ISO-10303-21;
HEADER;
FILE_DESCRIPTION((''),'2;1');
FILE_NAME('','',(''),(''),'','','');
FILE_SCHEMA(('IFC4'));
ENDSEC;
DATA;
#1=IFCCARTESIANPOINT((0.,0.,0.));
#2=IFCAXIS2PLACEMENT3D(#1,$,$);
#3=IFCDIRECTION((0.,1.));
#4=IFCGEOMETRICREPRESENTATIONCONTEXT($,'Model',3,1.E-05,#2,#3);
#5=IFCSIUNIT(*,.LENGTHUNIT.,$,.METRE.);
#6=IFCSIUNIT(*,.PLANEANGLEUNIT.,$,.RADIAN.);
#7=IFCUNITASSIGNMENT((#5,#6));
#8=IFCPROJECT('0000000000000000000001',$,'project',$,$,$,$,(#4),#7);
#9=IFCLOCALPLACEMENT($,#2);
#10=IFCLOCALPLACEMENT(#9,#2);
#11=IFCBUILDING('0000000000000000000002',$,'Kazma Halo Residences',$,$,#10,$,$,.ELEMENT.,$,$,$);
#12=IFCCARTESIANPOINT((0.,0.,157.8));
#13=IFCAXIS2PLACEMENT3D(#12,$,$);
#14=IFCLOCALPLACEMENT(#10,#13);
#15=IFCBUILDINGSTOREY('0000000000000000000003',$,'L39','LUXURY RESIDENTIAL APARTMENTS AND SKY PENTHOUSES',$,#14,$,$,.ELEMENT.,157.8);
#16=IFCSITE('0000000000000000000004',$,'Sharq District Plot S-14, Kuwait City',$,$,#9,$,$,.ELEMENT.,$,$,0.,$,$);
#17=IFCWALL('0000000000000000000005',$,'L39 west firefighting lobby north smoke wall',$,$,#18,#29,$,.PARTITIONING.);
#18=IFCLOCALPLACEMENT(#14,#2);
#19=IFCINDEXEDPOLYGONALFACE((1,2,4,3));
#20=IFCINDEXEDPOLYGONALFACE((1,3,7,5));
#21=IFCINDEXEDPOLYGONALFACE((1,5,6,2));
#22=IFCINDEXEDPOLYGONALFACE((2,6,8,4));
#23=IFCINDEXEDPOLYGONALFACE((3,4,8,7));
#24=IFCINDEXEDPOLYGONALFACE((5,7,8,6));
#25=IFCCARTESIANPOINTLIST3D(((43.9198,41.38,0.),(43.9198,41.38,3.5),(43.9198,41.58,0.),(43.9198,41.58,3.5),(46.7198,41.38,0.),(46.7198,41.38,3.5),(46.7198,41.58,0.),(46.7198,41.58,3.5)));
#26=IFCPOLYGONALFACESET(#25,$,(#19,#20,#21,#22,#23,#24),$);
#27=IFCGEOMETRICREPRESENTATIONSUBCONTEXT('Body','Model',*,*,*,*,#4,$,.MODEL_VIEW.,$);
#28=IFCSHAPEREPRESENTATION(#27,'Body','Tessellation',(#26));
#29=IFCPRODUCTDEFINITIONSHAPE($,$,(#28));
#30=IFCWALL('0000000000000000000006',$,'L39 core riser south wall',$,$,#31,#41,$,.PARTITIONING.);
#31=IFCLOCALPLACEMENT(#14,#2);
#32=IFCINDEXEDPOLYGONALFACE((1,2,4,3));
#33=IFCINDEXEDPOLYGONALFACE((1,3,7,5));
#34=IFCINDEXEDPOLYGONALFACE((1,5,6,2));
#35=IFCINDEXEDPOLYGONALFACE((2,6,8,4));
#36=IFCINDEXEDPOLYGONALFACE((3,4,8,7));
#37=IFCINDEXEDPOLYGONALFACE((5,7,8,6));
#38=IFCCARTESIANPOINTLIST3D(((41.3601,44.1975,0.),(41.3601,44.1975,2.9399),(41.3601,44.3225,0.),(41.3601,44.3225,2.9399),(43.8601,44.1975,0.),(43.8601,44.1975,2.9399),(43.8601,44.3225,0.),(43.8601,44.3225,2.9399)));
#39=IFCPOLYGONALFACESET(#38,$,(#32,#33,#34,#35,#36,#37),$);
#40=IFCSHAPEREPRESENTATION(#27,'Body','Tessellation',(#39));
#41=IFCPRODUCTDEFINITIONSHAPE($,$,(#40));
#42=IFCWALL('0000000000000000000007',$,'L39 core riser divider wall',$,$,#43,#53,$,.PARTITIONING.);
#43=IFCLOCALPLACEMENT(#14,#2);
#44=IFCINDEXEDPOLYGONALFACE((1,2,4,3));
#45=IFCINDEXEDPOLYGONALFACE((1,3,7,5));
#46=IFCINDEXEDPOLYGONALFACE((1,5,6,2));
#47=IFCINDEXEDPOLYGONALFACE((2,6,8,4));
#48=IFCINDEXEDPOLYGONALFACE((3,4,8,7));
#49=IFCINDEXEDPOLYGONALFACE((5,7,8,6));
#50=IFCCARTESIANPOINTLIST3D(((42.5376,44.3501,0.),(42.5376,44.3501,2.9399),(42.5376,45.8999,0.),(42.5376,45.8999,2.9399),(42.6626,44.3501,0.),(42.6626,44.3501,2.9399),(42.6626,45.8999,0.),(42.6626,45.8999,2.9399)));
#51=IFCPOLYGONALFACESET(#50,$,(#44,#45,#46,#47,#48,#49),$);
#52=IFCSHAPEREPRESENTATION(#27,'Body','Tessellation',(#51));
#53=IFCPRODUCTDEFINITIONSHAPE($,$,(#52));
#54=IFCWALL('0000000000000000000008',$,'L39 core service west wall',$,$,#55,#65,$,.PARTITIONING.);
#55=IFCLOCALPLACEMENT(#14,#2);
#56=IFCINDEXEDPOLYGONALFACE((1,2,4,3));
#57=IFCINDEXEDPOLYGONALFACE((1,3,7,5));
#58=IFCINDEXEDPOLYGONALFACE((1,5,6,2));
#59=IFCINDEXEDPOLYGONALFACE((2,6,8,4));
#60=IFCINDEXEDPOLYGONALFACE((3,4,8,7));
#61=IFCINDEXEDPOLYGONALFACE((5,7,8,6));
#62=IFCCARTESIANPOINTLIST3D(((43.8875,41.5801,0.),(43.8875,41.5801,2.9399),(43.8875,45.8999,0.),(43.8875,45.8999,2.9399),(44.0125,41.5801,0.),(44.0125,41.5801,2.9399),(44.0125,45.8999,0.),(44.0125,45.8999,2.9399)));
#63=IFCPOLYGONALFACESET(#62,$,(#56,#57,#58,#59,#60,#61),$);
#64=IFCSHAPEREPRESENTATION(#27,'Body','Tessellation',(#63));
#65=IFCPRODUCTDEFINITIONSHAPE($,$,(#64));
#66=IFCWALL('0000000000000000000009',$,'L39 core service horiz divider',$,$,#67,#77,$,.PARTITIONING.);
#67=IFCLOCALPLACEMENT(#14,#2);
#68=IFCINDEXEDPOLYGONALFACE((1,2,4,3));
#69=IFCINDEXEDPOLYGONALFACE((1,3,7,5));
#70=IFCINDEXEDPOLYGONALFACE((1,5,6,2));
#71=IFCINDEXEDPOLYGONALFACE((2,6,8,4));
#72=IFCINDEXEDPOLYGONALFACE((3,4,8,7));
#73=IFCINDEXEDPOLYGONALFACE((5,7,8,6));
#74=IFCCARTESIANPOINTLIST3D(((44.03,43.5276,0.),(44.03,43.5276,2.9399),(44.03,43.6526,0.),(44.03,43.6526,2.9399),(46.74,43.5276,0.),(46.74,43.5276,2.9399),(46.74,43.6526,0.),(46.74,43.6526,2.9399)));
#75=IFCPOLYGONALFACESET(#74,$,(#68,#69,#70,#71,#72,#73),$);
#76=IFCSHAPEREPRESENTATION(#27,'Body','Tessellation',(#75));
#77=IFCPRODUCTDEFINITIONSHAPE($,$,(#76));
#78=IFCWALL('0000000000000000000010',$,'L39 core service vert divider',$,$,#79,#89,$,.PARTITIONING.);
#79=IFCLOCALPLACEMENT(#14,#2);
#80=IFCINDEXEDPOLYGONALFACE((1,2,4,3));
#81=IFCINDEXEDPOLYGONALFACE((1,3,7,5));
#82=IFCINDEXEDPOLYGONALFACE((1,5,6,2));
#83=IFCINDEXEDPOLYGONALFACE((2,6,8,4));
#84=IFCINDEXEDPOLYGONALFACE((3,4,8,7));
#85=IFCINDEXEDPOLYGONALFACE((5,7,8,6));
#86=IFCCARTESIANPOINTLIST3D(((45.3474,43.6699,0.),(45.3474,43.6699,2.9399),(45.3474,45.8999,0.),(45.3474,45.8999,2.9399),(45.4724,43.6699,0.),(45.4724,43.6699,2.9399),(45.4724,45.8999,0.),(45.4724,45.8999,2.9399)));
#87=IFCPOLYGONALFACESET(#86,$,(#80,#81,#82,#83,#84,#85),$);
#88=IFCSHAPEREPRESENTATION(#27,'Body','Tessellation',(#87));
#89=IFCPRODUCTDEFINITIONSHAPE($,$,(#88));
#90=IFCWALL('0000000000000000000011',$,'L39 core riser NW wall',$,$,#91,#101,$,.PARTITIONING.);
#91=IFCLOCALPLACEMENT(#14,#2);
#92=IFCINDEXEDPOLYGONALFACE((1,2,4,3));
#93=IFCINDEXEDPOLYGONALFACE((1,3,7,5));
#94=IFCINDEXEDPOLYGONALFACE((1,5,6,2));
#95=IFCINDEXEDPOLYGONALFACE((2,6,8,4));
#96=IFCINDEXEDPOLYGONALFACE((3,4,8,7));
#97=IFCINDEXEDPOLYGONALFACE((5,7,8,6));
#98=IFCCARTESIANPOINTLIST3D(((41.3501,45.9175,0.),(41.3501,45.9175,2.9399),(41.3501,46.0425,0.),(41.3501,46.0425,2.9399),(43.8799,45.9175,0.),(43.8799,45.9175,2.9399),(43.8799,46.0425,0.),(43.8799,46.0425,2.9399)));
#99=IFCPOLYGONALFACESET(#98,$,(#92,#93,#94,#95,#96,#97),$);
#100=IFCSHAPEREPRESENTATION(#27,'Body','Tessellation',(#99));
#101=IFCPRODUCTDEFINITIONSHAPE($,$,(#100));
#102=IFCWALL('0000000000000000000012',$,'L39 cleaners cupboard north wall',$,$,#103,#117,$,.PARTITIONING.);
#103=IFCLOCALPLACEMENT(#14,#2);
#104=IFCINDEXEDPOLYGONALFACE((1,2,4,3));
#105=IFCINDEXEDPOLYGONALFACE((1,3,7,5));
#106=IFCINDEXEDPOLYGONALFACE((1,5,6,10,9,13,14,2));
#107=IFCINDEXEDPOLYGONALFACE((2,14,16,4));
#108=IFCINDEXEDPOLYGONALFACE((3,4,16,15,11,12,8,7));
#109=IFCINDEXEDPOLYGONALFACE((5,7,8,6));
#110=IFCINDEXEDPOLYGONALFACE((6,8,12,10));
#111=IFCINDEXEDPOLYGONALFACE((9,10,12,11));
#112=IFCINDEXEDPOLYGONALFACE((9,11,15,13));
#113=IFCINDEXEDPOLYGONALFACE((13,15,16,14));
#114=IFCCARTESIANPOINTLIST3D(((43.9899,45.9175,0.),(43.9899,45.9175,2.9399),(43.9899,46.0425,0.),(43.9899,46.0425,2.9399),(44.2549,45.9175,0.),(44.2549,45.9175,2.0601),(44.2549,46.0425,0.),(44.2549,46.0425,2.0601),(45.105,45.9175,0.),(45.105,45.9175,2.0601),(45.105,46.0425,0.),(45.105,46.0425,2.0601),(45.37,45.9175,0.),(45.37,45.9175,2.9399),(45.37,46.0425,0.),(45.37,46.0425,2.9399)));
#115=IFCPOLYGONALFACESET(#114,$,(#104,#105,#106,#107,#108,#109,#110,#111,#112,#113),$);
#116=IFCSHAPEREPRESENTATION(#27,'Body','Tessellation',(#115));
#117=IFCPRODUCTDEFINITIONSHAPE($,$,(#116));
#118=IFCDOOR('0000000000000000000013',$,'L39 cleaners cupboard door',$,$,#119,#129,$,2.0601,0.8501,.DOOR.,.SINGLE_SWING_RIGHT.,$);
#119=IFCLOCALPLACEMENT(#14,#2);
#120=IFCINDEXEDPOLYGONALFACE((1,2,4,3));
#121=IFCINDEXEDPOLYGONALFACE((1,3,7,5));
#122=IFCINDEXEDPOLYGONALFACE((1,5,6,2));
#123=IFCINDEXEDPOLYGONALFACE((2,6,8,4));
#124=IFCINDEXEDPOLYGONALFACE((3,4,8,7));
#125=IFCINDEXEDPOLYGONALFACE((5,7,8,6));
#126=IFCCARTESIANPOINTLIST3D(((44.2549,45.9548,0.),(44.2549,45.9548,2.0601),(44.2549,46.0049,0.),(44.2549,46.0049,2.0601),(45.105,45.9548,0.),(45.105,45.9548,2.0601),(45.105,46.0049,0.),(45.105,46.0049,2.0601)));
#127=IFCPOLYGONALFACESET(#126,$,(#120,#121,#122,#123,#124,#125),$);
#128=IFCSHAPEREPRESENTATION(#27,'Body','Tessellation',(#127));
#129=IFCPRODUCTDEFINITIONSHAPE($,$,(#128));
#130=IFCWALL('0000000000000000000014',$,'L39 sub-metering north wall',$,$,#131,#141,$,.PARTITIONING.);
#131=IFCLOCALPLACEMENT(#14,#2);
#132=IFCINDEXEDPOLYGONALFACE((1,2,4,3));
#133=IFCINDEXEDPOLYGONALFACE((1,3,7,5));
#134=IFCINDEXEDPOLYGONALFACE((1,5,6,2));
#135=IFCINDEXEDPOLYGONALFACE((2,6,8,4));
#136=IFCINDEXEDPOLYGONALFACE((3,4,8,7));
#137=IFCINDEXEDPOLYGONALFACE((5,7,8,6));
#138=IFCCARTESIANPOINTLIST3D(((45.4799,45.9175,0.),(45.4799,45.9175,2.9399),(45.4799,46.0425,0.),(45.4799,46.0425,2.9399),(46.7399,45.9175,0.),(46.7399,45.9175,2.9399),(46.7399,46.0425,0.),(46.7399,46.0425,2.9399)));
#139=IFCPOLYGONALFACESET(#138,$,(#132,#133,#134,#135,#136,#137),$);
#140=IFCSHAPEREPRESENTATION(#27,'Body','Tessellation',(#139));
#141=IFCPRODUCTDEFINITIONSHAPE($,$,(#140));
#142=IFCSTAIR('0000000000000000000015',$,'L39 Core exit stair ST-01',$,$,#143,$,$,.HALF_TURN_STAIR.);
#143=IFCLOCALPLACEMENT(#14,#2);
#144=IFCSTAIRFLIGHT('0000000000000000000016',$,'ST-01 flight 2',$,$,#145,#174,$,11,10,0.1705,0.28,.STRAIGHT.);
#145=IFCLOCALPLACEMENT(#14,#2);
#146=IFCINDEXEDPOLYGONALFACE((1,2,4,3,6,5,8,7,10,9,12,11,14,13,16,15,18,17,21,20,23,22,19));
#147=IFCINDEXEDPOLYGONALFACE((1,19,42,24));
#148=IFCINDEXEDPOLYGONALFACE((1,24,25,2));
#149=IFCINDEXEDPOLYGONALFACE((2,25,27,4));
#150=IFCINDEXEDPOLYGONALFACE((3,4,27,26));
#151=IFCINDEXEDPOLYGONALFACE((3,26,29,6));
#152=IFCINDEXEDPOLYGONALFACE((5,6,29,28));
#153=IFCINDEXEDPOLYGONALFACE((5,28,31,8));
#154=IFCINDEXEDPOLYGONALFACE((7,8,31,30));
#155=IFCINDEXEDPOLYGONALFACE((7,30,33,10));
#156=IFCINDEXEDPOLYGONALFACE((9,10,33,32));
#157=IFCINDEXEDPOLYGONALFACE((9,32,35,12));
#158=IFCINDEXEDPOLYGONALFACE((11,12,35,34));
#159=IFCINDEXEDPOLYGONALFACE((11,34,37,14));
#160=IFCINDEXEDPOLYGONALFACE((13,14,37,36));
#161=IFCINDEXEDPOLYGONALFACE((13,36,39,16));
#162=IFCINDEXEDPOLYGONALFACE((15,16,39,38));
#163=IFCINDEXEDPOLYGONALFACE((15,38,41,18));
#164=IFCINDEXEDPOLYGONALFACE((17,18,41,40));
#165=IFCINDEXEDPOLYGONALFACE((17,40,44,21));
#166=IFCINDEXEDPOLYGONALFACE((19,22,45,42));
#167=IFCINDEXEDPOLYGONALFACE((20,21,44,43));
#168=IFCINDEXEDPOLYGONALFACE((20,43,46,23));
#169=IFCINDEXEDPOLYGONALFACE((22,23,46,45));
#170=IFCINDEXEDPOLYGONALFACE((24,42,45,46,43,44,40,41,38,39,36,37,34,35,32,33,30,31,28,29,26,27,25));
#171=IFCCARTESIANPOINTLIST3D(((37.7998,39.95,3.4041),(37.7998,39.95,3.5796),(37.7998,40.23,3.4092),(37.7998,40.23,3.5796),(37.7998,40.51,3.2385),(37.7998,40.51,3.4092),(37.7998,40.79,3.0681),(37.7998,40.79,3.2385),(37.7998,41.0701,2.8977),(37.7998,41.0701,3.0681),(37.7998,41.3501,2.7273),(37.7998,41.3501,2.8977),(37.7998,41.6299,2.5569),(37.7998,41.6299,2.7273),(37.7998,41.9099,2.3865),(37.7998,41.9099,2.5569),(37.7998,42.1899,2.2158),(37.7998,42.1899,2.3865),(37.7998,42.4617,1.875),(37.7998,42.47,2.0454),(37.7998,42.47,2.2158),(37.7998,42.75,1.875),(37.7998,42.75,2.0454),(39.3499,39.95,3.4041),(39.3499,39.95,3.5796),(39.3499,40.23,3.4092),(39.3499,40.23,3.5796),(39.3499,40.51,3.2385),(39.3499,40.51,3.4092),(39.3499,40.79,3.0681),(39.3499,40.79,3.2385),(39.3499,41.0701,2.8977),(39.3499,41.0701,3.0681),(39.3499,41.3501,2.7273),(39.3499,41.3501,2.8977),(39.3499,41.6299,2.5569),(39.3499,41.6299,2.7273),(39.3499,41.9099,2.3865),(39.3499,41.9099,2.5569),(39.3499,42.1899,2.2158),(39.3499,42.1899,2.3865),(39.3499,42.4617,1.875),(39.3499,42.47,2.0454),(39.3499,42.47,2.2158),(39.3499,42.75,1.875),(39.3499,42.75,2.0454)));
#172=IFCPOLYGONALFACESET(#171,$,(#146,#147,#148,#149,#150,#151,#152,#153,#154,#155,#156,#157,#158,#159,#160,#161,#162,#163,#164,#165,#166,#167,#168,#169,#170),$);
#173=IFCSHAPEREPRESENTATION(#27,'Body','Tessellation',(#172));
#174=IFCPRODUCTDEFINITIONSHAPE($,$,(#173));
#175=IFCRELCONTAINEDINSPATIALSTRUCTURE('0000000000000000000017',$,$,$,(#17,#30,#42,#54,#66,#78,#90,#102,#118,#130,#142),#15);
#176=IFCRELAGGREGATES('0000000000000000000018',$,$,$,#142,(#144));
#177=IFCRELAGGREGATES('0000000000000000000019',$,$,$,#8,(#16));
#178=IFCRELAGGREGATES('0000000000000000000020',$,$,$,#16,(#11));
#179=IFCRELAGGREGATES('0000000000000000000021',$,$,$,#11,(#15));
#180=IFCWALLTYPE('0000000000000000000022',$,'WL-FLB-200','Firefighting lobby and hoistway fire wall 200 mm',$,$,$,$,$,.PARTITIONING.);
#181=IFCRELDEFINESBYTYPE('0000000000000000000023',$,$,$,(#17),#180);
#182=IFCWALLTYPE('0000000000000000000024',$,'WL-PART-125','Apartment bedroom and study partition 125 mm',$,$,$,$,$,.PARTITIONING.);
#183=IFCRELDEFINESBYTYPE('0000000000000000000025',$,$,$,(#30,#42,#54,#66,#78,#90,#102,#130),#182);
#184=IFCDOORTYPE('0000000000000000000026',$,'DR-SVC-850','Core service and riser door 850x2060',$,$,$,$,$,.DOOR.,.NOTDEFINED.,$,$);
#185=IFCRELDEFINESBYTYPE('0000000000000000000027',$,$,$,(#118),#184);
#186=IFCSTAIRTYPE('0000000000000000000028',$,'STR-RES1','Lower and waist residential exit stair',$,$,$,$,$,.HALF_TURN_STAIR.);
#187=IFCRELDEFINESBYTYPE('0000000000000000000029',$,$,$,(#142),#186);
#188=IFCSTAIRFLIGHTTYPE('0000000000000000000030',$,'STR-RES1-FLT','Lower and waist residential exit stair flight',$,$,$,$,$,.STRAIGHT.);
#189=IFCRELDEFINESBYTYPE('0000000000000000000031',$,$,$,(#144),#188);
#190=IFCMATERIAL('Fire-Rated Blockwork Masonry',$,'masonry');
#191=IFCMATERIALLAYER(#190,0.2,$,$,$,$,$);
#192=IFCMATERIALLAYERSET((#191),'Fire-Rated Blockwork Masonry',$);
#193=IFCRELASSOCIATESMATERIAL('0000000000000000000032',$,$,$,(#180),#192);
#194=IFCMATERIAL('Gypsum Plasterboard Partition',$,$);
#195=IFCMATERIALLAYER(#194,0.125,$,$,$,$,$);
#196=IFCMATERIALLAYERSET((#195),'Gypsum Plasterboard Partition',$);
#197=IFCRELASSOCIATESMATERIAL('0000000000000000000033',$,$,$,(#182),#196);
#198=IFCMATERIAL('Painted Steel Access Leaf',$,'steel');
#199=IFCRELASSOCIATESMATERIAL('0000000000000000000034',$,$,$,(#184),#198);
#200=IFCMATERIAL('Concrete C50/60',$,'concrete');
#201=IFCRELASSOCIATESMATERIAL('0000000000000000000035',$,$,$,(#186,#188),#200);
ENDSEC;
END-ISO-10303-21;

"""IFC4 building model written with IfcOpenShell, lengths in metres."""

from ifc_helpers import new_model, si_unit, direction, frame, frame_2d, origin, place, context, subcontext, project, spatial, polyline, rectangle, outline, extrude, material, layer, layer_set, type_object, element, fill, aggregate, save


model = new_model("IFC4")

# Units and contexts
model_context = context("Model", 3, precision=1e-05, world=origin(), true_north=direction((0.0, 1.0)))
body_context = subcontext(model_context, "Body", "Model", "MODEL_VIEW")
ifc_project = project(units=[si_unit("LENGTHUNIT", "METRE"), si_unit("PLANEANGLEUNIT", "RADIAN")], contexts=[model_context])

# Site, building, storey
site_placement = place(None, origin())
site = spatial("IfcSite", under=ifc_project, at=site_placement, Name="Sharq District Plot S-14, Kuwait City", CompositionType="ELEMENT", RefElevation=0.0)
building_placement = place(site_placement, origin())
building = spatial("IfcBuilding", under=site, at=building_placement, Name="Kazma Halo Residences", CompositionType="ELEMENT")
storey_placement = place(building_placement, frame((0.0, 0.0, 157.8)))
storey = spatial("IfcBuildingStorey", under=building, at=storey_placement, Name="L39", Description="LUXURY RESIDENTIAL APARTMENTS AND SKY PENTHOUSES", CompositionType="ELEMENT", Elevation=157.8)

# Shared definitions
ifc_material_1 = material(Name="Fire-Rated Blockwork Masonry", Category="masonry")
ifc_layer_1 = layer(ifc_material_1, 0.2)
ifc_layer_set_1 = layer_set([ifc_layer_1], Name="Fire-Rated Blockwork Masonry")
wall_type_1 = type_object("IfcWallType", Name="WL-FLB-200", Description="Firefighting lobby and hoistway fire wall 200 mm", PredefinedType="PARTITIONING", material=ifc_layer_set_1)

# Walls
wall_1_placement = place(storey_placement, frame((43.9199, 41.48, 0.0), z_axis=(0.0, 0.0, 1.0), x_axis=(1.0, 0.0, 0.0)))
element("IfcWall", 1, at=wall_1_placement, inside=storey, type_object=wall_type_1, Name="L39 west firefighting lobby north smoke wall", PredefinedType="PARTITIONING", context=body_context, shape_type="SweptSolid", body=[
    extrude(rectangle(XDim=2.8, YDim=0.2, at=frame_2d((1.3999, 0.0))), origin(), (0.0, 0.0, 1.0), 3.5),
])
ifc_material_2 = material(Name="Gypsum Plasterboard Partition")
ifc_layer_2 = layer(ifc_material_2, 0.125)
ifc_layer_set_2 = layer_set([ifc_layer_2], Name="Gypsum Plasterboard Partition")
wall_type_2 = type_object("IfcWallType", Name="WL-PART-125", Description="Apartment bedroom and study partition 125 mm", PredefinedType="PARTITIONING", material=ifc_layer_set_2)
wall_2_placement = place(storey_placement, frame((41.3601, 44.26, 0.0), z_axis=(0.0, 0.0, 1.0), x_axis=(1.0, 0.0, 0.0)))
element("IfcWall", 2, at=wall_2_placement, inside=storey, type_object=wall_type_2, Name="L39 core riser south wall", PredefinedType="PARTITIONING", context=body_context, shape_type="SweptSolid", body=[
    extrude(rectangle(XDim=2.5, YDim=0.125, at=frame_2d((1.25, 0.0))), origin(), (0.0, 0.0, 1.0), 2.9399),
])
wall_3_placement = place(storey_placement, frame((42.6001, 44.3501, 0.0), z_axis=(0.0, 0.0, 1.0), x_axis=(0.0, 1.0, 0.0)))
element("IfcWall", 3, at=wall_3_placement, inside=storey, type_object=wall_type_2, Name="L39 core riser divider wall", PredefinedType="PARTITIONING", context=body_context, shape_type="SweptSolid", body=[
    extrude(rectangle(XDim=1.5498, YDim=0.125, at=frame_2d((0.7749, 0.0))), origin(), (0.0, 0.0, 1.0), 2.9399),
])
wall_4_placement = place(storey_placement, frame((43.95, 41.5801, 0.0), z_axis=(0.0, 0.0, 1.0), x_axis=(0.0, 1.0, 0.0)))
element("IfcWall", 4, at=wall_4_placement, inside=storey, type_object=wall_type_2, Name="L39 core service west wall", PredefinedType="PARTITIONING", context=body_context, shape_type="SweptSolid", body=[
    extrude(rectangle(XDim=4.3198, YDim=0.125, at=frame_2d((2.1599, 0.0))), origin(), (0.0, 0.0, 1.0), 2.9399),
])
wall_5_placement = place(storey_placement, frame((44.03, 43.5901, 0.0), z_axis=(0.0, 0.0, 1.0), x_axis=(1.0, 0.0, 0.0)))
element("IfcWall", 5, at=wall_5_placement, inside=storey, type_object=wall_type_2, Name="L39 core service horiz divider", PredefinedType="PARTITIONING", context=body_context, shape_type="SweptSolid", body=[
    extrude(rectangle(XDim=2.71, YDim=0.125, at=frame_2d((1.355, 0.0))), origin(), (0.0, 0.0, 1.0), 2.9399),
])
wall_6_placement = place(storey_placement, frame((45.4099, 43.6699, 0.0), z_axis=(0.0, 0.0, 1.0), x_axis=(0.0, 1.0, 0.0)))
element("IfcWall", 6, at=wall_6_placement, inside=storey, type_object=wall_type_2, Name="L39 core service vert divider", PredefinedType="PARTITIONING", context=body_context, shape_type="SweptSolid", body=[
    extrude(rectangle(XDim=2.23, YDim=0.125, at=frame_2d((1.115, 0.0))), origin(), (0.0, 0.0, 1.0), 2.9399),
])
wall_7_placement = place(storey_placement, frame((41.3501, 45.98, 0.0), z_axis=(0.0, 0.0, 1.0), x_axis=(1.0, 0.0, 0.0)))
element("IfcWall", 7, at=wall_7_placement, inside=storey, type_object=wall_type_2, Name="L39 core riser NW wall", PredefinedType="PARTITIONING", context=body_context, shape_type="SweptSolid", body=[
    extrude(rectangle(XDim=2.5298, YDim=0.125, at=frame_2d((1.2649, 0.0))), origin(), (0.0, 0.0, 1.0), 2.9399),
])

# Wall, opening, door
wall_8_placement = place(storey_placement, frame((43.99, 45.98, 0.0), z_axis=(0.0, 0.0, 1.0), x_axis=(1.0, 0.0, 0.0)))
wall_8 = element("IfcWall", 8, at=wall_8_placement, inside=storey, type_object=wall_type_2, Name="L39 cleaners cupboard north wall", PredefinedType="PARTITIONING", context=body_context, shape_type="SweptSolid", body=[
    extrude(rectangle(XDim=1.3801, YDim=0.125, at=frame_2d((0.6899, 0.0))), origin(), (0.0, 0.0, 1.0), 2.9399),
])
opening_1_placement = place(wall_8_placement, frame((0.2649, 0.0, 0.0)))
opening_1 = element("IfcOpeningElement", 9, at=opening_1_placement, cuts=wall_8, PredefinedType="OPENING", context=body_context, shape_type="SweptSolid", body=[
    extrude(rectangle(XDim=0.8501, YDim=2.0601, at=frame_2d((0.425, 1.03))), frame((0.0, 0.0725, 0.0), z_axis=(0.0, -1.0, 0.0), x_axis=(1.0, 0.0, 0.0)), (0.0, 0.0, 1.0), 0.145),
])
ifc_material_3 = material(Name="Painted Steel Access Leaf", Category="steel")
door_type_1 = type_object("IfcDoorType", Name="DR-SVC-850", Description="Core service and riser door 850x2060", OperationType="NOTDEFINED", PredefinedType="DOOR", material=ifc_material_3)
door_1_placement = place(opening_1_placement, origin())
door_1 = element("IfcDoor", 10, at=door_1_placement, inside=storey, type_object=door_type_1, Name="L39 cleaners cupboard door", OperationType="SINGLE_SWING_RIGHT", OverallHeight=2.0601, OverallWidth=0.8501, PredefinedType="DOOR", context=body_context, shape_type="SweptSolid", body=[
    extrude(rectangle(XDim=0.8501, YDim=2.0601, at=frame_2d((0.425, 1.03))), frame((0.0, 0.0249, 0.0), z_axis=(0.0, -1.0, 0.0), x_axis=(1.0, 0.0, 0.0)), (0.0, 0.0, 1.0), 0.05),
])
fill(opening_1, door_1)

# Wall
wall_9_placement = place(storey_placement, frame((45.48, 45.98, 0.0), z_axis=(0.0, 0.0, 1.0), x_axis=(1.0, 0.0, 0.0)))
element("IfcWall", 11, at=wall_9_placement, inside=storey, type_object=wall_type_2, Name="L39 sub-metering north wall", PredefinedType="PARTITIONING", context=body_context, shape_type="SweptSolid", body=[
    extrude(rectangle(XDim=1.26, YDim=0.125, at=frame_2d((0.6299, 0.0))), origin(), (0.0, 0.0, 1.0), 2.9399),
])

# Stair, stair flight
ifc_material_4 = material(Name="Concrete C50/60", Category="concrete")
stair_type = type_object("IfcStairType", Name="STR-RES1", Description="Lower and waist residential exit stair", PredefinedType="HALF_TURN_STAIR", material=ifc_material_4)
stair_placement = place(storey_placement, origin())
stair = element("IfcStair", 12, at=stair_placement, inside=storey, type_object=stair_type, Name="L39 Core exit stair ST-01", PredefinedType="HALF_TURN_STAIR")
stair_flight_type = type_object("IfcStairFlightType", Name="STR-RES1-FLT", Description="Lower and waist residential exit stair flight", PredefinedType="STRAIGHT", material=ifc_material_4)
stair_flight_placement = place(storey_placement, frame((38.575, 42.75, 1.875), z_axis=(0.0, 0.0, 1.0), x_axis=(0.0, -1.0, 0.0)))
stair_flight = element("IfcStairFlight", 13, at=stair_flight_placement, type_object=stair_flight_type, Name="ST-01 flight 2", NumberOfRisers=11, NumberOfTreads=10, PredefinedType="STRAIGHT", RiserHeight=0.1705, TreadLength=0.28, context=body_context, shape_type="SweptSolid", body=[
    extrude(outline(polyline([(0.0, 0.0), (0.0, 0.1704), (0.28, 0.1704), (0.28, 0.3408), (0.5601, 0.3408), (0.5601, 0.5115), (0.8401, 0.5115), (0.8401, 0.6819), (1.1201, 0.6819), (1.1201, 0.8523), (1.3999, 0.8523), (1.3999, 1.0227), (1.6799, 1.0227), (1.6799, 1.1931), (1.96, 1.1931), (1.96, 1.3635), (2.24, 1.3635), (2.24, 1.5342), (2.52, 1.5342), (2.52, 1.7046), (2.8, 1.7046), (2.8, 1.875), (2.8, 1.5291), (0.2883, 0.0), (0.0, 0.0)])), frame((0.0, 0.7749, 0.0), z_axis=(0.0, -1.0, 0.0), x_axis=(1.0, 0.0, 0.0)), (0.0, 0.0, 1.0), 1.55),
])
aggregate(stair, [stair_flight])

save(model, "model.ifc")
